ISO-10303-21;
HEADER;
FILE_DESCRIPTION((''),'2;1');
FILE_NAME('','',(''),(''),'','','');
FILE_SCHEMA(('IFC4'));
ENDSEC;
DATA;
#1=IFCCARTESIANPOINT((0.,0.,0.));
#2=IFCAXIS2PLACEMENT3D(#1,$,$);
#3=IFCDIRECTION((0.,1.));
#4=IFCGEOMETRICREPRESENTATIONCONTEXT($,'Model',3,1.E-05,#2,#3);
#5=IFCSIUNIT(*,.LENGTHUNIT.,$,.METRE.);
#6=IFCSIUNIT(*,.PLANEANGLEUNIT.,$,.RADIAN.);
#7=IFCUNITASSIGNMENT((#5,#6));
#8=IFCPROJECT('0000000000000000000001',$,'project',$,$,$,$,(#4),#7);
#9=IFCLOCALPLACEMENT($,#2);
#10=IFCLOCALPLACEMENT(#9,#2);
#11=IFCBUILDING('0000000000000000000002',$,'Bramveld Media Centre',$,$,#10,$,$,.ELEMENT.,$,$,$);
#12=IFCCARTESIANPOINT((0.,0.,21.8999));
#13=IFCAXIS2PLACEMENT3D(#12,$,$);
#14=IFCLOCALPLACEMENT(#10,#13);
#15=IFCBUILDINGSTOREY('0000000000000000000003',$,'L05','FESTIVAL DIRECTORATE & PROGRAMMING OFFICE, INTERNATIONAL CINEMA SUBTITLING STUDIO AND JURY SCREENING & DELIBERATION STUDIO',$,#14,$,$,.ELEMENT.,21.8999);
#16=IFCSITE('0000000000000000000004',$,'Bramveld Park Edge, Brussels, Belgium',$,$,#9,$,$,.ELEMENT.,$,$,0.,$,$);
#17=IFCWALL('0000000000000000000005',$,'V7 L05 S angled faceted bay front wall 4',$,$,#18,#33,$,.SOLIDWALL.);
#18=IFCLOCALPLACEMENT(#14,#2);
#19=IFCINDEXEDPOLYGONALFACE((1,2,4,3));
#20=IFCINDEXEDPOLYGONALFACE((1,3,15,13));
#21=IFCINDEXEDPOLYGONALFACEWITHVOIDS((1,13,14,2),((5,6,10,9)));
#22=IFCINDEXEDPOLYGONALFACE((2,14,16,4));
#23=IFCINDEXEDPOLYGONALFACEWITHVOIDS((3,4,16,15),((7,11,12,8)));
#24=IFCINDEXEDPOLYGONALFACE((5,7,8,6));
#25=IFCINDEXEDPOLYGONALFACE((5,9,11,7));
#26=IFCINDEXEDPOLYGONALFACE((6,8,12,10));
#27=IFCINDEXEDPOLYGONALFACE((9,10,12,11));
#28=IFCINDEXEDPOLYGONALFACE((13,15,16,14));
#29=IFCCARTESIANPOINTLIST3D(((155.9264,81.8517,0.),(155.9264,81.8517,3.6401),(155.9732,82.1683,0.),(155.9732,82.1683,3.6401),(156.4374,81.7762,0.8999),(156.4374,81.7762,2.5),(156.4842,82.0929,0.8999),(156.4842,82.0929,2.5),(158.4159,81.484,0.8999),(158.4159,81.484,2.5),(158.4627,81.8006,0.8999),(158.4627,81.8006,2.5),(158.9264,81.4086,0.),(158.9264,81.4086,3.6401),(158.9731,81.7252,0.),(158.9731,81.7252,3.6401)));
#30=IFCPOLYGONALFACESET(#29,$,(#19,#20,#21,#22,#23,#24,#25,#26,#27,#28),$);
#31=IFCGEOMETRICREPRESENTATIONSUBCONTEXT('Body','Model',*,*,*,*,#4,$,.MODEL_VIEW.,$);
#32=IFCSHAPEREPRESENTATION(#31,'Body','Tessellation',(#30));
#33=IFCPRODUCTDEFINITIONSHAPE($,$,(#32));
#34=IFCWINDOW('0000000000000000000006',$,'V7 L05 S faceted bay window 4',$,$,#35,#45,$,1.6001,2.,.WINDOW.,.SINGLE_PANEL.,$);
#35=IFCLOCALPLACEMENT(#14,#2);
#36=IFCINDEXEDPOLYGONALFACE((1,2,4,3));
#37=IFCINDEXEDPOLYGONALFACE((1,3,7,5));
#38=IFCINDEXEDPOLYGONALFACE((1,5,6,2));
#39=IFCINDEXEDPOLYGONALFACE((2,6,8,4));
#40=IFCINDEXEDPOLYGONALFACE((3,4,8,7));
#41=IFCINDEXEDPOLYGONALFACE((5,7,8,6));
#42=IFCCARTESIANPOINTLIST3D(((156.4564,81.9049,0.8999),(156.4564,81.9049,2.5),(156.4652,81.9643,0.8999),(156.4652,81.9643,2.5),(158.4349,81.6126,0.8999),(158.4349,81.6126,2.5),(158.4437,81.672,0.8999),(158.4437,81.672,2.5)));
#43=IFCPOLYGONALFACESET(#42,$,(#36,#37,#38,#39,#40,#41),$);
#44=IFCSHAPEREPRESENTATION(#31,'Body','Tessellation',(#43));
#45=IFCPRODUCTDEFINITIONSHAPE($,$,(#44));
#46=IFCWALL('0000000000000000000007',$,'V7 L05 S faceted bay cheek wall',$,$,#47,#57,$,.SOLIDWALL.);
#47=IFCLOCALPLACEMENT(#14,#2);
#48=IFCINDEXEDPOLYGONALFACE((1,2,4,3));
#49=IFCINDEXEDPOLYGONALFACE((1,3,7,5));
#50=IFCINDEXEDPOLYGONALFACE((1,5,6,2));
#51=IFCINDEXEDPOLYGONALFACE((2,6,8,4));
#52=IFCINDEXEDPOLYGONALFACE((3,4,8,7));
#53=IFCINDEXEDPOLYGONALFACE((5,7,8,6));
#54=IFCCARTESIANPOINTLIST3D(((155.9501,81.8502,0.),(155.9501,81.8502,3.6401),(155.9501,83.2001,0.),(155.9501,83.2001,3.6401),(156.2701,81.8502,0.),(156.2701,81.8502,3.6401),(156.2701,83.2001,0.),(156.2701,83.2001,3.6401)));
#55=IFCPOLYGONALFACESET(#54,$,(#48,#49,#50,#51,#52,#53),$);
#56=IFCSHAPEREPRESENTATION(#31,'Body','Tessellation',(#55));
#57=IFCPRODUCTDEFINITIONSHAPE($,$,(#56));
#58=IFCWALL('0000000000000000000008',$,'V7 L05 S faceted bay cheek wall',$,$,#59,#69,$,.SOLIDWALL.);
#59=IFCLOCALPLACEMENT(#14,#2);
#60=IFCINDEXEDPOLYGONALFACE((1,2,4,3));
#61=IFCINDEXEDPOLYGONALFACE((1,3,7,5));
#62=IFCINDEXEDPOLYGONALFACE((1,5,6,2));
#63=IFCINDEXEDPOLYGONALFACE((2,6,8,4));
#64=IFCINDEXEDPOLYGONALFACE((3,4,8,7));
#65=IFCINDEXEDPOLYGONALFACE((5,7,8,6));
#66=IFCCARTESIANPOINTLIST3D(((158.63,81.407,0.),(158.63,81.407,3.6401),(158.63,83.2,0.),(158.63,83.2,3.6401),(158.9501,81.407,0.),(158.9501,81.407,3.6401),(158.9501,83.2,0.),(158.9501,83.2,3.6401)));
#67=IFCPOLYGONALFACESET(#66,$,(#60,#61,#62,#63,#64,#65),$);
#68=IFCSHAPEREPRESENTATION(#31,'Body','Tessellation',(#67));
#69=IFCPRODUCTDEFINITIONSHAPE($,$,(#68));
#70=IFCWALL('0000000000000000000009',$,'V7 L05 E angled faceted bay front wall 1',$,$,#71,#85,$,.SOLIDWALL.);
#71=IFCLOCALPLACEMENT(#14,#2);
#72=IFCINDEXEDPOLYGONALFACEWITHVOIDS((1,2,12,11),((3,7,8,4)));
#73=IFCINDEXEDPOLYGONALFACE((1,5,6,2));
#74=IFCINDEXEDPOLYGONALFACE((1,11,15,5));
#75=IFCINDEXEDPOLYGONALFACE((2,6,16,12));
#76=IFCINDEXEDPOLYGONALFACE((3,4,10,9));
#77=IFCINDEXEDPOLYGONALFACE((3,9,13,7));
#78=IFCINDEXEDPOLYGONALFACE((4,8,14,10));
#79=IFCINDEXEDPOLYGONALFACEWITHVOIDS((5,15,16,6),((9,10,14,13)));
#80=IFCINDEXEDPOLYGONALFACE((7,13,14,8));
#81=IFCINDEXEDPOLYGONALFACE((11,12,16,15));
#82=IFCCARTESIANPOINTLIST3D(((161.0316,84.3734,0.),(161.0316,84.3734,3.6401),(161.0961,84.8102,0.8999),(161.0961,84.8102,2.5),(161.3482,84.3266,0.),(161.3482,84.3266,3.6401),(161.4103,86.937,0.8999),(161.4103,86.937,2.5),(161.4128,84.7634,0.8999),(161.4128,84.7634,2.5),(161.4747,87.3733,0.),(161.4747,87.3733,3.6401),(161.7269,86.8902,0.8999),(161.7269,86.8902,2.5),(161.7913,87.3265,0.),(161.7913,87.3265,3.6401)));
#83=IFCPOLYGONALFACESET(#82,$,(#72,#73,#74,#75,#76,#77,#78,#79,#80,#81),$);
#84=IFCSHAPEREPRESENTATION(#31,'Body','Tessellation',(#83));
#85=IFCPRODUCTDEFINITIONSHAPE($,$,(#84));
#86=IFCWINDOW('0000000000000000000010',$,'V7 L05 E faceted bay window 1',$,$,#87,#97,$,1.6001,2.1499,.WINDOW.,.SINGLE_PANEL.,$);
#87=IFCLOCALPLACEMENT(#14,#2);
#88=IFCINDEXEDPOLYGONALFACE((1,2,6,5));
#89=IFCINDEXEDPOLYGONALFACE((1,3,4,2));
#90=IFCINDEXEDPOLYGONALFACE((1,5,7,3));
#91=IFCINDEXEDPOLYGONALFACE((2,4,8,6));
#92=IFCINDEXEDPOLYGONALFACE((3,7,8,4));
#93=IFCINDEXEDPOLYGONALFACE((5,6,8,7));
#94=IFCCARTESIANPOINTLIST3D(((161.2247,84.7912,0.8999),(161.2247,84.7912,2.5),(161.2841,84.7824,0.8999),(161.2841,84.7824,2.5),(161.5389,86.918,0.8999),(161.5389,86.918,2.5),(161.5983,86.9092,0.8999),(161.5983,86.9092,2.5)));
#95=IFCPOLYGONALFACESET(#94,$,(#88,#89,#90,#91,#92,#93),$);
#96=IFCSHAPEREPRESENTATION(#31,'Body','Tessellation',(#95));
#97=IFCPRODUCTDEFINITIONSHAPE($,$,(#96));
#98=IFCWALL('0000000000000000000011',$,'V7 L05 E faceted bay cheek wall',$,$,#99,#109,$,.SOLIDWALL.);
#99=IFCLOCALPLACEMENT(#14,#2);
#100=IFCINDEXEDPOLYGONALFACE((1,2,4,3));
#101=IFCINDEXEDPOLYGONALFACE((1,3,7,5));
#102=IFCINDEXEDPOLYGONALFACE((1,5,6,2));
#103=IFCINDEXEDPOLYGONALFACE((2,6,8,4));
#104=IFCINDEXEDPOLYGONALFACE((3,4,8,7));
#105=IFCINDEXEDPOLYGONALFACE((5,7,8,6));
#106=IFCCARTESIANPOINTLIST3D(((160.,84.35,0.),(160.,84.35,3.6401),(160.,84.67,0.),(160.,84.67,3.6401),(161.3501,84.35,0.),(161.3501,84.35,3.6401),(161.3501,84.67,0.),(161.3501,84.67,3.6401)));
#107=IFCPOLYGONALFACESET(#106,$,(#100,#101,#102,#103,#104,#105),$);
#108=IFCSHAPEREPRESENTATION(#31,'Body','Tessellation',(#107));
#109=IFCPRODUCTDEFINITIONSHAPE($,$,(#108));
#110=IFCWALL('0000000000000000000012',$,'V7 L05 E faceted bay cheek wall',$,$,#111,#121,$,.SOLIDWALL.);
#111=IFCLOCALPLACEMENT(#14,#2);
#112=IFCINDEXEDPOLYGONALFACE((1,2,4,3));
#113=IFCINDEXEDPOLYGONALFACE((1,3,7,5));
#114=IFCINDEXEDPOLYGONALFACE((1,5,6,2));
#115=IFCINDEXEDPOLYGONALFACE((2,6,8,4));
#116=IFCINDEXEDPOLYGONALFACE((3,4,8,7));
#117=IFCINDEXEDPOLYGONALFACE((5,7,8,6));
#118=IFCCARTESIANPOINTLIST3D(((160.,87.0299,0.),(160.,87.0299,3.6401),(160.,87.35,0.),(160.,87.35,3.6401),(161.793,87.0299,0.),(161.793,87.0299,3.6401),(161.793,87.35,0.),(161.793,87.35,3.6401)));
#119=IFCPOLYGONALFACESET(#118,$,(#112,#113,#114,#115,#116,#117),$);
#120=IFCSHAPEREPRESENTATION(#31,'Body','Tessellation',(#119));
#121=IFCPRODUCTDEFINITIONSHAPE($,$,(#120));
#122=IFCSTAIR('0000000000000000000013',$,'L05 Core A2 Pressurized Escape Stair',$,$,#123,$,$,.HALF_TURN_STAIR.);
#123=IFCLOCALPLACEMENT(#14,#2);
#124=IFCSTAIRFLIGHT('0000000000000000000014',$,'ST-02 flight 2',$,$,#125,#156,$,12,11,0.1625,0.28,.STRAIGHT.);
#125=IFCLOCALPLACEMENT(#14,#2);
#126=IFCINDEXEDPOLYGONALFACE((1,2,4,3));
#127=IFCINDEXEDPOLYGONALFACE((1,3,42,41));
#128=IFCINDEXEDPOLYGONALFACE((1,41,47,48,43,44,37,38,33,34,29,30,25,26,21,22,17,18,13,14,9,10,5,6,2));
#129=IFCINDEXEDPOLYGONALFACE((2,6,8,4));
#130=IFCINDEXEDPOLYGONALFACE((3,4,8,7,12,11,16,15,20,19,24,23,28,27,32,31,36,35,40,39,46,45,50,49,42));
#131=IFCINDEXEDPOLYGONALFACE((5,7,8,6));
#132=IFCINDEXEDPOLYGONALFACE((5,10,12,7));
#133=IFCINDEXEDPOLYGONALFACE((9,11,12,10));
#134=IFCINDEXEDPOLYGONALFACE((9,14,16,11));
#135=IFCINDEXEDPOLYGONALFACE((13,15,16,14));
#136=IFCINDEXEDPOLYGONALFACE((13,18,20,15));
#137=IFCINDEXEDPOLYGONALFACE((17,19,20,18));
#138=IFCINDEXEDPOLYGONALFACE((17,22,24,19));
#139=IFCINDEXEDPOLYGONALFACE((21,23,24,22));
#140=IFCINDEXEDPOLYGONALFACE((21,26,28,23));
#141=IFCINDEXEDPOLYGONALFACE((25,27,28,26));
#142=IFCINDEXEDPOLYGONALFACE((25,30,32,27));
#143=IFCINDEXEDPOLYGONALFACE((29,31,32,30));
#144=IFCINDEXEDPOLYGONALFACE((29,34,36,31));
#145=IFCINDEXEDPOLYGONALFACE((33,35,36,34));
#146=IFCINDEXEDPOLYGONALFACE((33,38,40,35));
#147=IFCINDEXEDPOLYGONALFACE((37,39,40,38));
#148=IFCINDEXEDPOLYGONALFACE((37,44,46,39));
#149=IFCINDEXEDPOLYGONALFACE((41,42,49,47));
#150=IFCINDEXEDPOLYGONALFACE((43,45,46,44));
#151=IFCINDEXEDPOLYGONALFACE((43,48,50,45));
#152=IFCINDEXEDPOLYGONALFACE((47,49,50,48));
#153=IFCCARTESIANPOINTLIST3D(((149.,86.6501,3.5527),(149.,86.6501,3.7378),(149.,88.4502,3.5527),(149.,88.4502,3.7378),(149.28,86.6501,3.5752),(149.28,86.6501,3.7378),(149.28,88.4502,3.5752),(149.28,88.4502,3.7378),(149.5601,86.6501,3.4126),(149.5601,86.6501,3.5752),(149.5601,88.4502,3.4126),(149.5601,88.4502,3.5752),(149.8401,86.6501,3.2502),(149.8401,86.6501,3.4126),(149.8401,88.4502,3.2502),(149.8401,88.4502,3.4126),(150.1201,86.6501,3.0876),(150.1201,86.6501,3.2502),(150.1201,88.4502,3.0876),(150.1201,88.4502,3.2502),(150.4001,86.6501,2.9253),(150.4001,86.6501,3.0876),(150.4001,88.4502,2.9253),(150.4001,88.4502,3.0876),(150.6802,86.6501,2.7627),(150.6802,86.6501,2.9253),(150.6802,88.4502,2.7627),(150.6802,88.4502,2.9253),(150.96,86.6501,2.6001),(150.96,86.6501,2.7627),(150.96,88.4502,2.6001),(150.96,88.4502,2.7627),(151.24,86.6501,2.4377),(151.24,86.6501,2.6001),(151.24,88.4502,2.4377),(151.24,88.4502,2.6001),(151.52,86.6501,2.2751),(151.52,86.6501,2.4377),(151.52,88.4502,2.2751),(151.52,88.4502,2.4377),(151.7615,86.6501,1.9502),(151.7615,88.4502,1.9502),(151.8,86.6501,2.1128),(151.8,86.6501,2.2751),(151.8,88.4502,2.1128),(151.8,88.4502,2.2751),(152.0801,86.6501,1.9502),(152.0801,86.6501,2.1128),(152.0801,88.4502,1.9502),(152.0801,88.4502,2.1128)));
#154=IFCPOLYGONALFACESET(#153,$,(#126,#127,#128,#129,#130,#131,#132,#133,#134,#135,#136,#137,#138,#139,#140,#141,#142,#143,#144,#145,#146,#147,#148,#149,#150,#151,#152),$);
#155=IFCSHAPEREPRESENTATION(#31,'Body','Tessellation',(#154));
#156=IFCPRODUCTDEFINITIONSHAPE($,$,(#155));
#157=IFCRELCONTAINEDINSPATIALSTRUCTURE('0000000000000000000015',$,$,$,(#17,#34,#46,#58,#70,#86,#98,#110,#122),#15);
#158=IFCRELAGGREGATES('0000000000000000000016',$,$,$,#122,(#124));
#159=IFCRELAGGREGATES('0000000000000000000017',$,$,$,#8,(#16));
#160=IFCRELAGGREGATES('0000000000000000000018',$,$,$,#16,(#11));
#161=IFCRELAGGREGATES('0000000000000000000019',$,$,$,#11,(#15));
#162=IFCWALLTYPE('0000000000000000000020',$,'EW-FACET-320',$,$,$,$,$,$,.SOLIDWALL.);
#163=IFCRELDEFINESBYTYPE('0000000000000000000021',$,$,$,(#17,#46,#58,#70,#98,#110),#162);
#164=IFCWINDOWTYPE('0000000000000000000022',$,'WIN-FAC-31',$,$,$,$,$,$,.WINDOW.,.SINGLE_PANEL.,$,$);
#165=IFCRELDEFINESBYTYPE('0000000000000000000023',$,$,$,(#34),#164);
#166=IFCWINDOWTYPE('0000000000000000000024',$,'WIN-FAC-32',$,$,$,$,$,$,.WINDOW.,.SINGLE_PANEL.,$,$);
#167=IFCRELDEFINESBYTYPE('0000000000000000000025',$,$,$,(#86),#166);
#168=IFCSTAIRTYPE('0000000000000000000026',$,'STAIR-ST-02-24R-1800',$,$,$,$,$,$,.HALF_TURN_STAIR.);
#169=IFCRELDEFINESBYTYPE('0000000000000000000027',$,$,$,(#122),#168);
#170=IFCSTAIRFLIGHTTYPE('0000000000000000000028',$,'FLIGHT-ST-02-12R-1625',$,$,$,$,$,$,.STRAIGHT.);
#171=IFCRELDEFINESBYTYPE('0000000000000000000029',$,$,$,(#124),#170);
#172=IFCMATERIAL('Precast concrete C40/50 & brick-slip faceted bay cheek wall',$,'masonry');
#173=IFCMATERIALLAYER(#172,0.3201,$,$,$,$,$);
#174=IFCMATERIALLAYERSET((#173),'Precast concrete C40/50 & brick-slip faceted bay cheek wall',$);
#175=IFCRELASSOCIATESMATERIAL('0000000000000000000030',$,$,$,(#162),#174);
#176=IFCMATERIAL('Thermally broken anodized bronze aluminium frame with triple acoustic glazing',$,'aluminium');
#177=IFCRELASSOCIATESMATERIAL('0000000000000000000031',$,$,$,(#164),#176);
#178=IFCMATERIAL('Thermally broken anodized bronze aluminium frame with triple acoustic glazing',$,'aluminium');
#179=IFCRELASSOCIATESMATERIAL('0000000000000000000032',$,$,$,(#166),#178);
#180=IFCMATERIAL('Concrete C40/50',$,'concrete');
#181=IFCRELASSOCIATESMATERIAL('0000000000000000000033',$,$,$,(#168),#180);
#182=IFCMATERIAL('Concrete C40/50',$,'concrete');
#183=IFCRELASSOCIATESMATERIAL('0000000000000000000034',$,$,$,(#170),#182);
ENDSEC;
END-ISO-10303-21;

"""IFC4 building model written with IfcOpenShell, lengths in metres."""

from ifc_helpers import new_model, si_unit, direction, frame, frame_2d, origin, place, context, subcontext, project, spatial, polyline, rectangle, outline, extrude, material, layer, layer_set, type_object, element, fill, aggregate, save


model = new_model("IFC4")

# Units and contexts
model_context = context("Model", 3, precision=1e-05, world=origin(), true_north=direction((0.0, 1.0)))
body_context = subcontext(model_context, "Body", "Model", "MODEL_VIEW")
ifc_project = project(units=[si_unit("LENGTHUNIT", "METRE"), si_unit("PLANEANGLEUNIT", "RADIAN")], contexts=[model_context])

# Site, building, storey
site_placement = place(None, origin())
site = spatial("IfcSite", under=ifc_project, at=site_placement, Name="Bramveld Park Edge, Brussels, Belgium", CompositionType="ELEMENT", RefElevation=0.0)
building_placement = place(site_placement, origin())
building = spatial("IfcBuilding", under=site, at=building_placement, Name="Bramveld Media Centre", CompositionType="ELEMENT")
storey_placement = place(building_placement, frame((0.0, 0.0, 21.8999)))
storey = spatial("IfcBuildingStorey", under=building, at=storey_placement, Name="L05", Description="FESTIVAL DIRECTORATE & PROGRAMMING OFFICE, INTERNATIONAL CINEMA SUBTITLING STUDIO AND JURY SCREENING & DELIBERATION STUDIO", CompositionType="ELEMENT", Elevation=21.8999)

# Shared definitions
ifc_material_1 = material(Name="Precast concrete C40/50 & brick-slip faceted bay cheek wall", Category="masonry")
ifc_layer_1 = layer(ifc_material_1, 0.3201)
ifc_layer_set_1 = layer_set([ifc_layer_1], Name="Precast concrete C40/50 & brick-slip faceted bay cheek wall")
wall_type_1 = type_object("IfcWallType", Name="EW-FACET-320", PredefinedType="SOLIDWALL", material=ifc_layer_set_1)

# Wall, opening, window
wall_1_placement = place(storey_placement, frame((155.95, 82.01, 0.0), z_axis=(0.0, 0.0, 1.0), x_axis=(0.989267, -0.14612, 0.0)))
wall_1 = element("IfcWall", 1, at=wall_1_placement, inside=storey, type_object=wall_type_1, Name="V7 L05 S angled faceted bay front wall 4", PredefinedType="SOLIDWALL", context=body_context, shape_type="SweptSolid", body=[
    extrude(rectangle(XDim=3.0325, YDim=0.3201, at=frame_2d((1.5161, 0.0))), origin(), (0.0, 0.0, 1.0), 3.6401),
])
opening_1_placement = place(wall_1_placement, frame((0.5164, 0.0, 0.8999)))
opening_1 = element("IfcOpeningElement", 2, at=opening_1_placement, cuts=wall_1, PredefinedType="OPENING", context=body_context, shape_type="SweptSolid", body=[
    extrude(rectangle(XDim=2.0, YDim=1.6001, at=frame_2d((1.0, 0.8))), frame((0.0, 0.1719, 0.0), z_axis=(0.0, -1.0, 0.0), x_axis=(1.0, 0.0, 0.0)), (0.0, 0.0, 1.0), 0.344),
])
ifc_material_2 = material(Name="Thermally broken anodized bronze aluminium frame with triple acoustic glazing", Category="aluminium")
window_type_1 = type_object("IfcWindowType", Name="WIN-FAC-31", PartitioningType="SINGLE_PANEL", PredefinedType="WINDOW", material=ifc_material_2)
window_1_placement = place(opening_1_placement, origin())
window_1 = element("IfcWindow", 3, at=window_1_placement, inside=storey, type_object=window_type_1, Name="V7 L05 S faceted bay window 4", OverallHeight=1.6001, OverallWidth=2.0, PartitioningType="SINGLE_PANEL", PredefinedType="WINDOW", context=body_context, shape_type="SweptSolid", body=[
    extrude(rectangle(XDim=2.0, YDim=1.6001, at=frame_2d((1.0, 0.8))), frame((0.0, 0.03, 0.0), z_axis=(0.0, -1.0, 0.0), x_axis=(1.0, 0.0, 0.0)), (0.0, 0.0, 1.0), 0.0601),
])
fill(opening_1, window_1)

# Walls
wall_2_placement = place(storey_placement, frame((156.1101, 83.2, 0.0), z_axis=(0.0, 0.0, 1.0), x_axis=(0.0, -1.0, 0.0)))
element("IfcWall", 4, at=wall_2_placement, inside=storey, type_object=wall_type_1, Name="V7 L05 S faceted bay cheek wall", PredefinedType="SOLIDWALL", context=body_context, shape_type="SweptSolid", body=[
    extrude(rectangle(XDim=1.3499, YDim=0.3201, at=frame_2d((0.6748, 0.0))), origin(), (0.0, 0.0, 1.0), 3.6401),
])
wall_3_placement = place(storey_placement, frame((158.79, 83.2, 0.0), z_axis=(0.0, 0.0, 1.0), x_axis=(0.0, -1.0, 0.0)))
element("IfcWall", 5, at=wall_3_placement, inside=storey, type_object=wall_type_1, Name="V7 L05 S faceted bay cheek wall", PredefinedType="SOLIDWALL", context=body_context, shape_type="SweptSolid", body=[
    extrude(rectangle(XDim=1.793, YDim=0.3201, at=frame_2d((0.8965, 0.0))), origin(), (0.0, 0.0, 1.0), 3.6401),
])

# Wall, opening, window
wall_4_placement = place(storey_placement, frame((161.1899, 84.3501, 0.0), z_axis=(0.0, 0.0, 1.0), x_axis=(0.14612, 0.989267, 0.0)))
wall_4 = element("IfcWall", 6, at=wall_4_placement, inside=storey, type_object=wall_type_1, Name="V7 L05 E angled faceted bay front wall 1", PredefinedType="SOLIDWALL", context=body_context, shape_type="SweptSolid", body=[
    extrude(rectangle(XDim=3.0325, YDim=0.3201, at=frame_2d((1.5161, 0.0))), origin(), (0.0, 0.0, 1.0), 3.6401),
])
opening_2_placement = place(wall_4_placement, frame((0.4414, 0.0, 0.8999)))
opening_2 = element("IfcOpeningElement", 7, at=opening_2_placement, cuts=wall_4, PredefinedType="OPENING", context=body_context, shape_type="SweptSolid", body=[
    extrude(rectangle(XDim=2.1499, YDim=1.6001, at=frame_2d((1.075, 0.8))), frame((0.0, 0.1719, 0.0), z_axis=(0.0, -1.0, 0.0), x_axis=(1.0, 0.0, 0.0)), (0.0, 0.0, 1.0), 0.344),
])
ifc_material_3 = material(Name="Thermally broken anodized bronze aluminium frame with triple acoustic glazing", Category="aluminium")
window_type_2 = type_object("IfcWindowType", Name="WIN-FAC-32", PartitioningType="SINGLE_PANEL", PredefinedType="WINDOW", material=ifc_material_3)
window_2_placement = place(opening_2_placement, origin())
window_2 = element("IfcWindow", 8, at=window_2_placement, inside=storey, type_object=window_type_2, Name="V7 L05 E faceted bay window 1", OverallHeight=1.6001, OverallWidth=2.1499, PartitioningType="SINGLE_PANEL", PredefinedType="WINDOW", context=body_context, shape_type="SweptSolid", body=[
    extrude(rectangle(XDim=2.1499, YDim=1.6001, at=frame_2d((1.075, 0.8))), frame((0.0, 0.03, 0.0), z_axis=(0.0, -1.0, 0.0), x_axis=(1.0, 0.0, 0.0)), (0.0, 0.0, 1.0), 0.0601),
])
fill(opening_2, window_2)

# Walls
wall_5_placement = place(storey_placement, frame((160.0, 84.51, 0.0), z_axis=(0.0, 0.0, 1.0), x_axis=(1.0, 0.0, 0.0)))
element("IfcWall", 9, at=wall_5_placement, inside=storey, type_object=wall_type_1, Name="V7 L05 E faceted bay cheek wall", PredefinedType="SOLIDWALL", context=body_context, shape_type="SweptSolid", body=[
    extrude(rectangle(XDim=1.3501, YDim=0.3201, at=frame_2d((0.675, 0.0))), origin(), (0.0, 0.0, 1.0), 3.6401),
])
wall_6_placement = place(storey_placement, frame((160.0, 87.1899, 0.0), z_axis=(0.0, 0.0, 1.0), x_axis=(1.0, 0.0, 0.0)))
element("IfcWall", 10, at=wall_6_placement, inside=storey, type_object=wall_type_1, Name="V7 L05 E faceted bay cheek wall", PredefinedType="SOLIDWALL", context=body_context, shape_type="SweptSolid", body=[
    extrude(rectangle(XDim=1.793, YDim=0.3201, at=frame_2d((0.8965, 0.0))), origin(), (0.0, 0.0, 1.0), 3.6401),
])

# Stair, stair flight
ifc_material_4 = material(Name="Concrete C40/50", Category="concrete")
stair_type = type_object("IfcStairType", Name="STAIR-ST-02-24R-1800", PredefinedType="HALF_TURN_STAIR", material=ifc_material_4)
stair_placement = place(storey_placement, origin())
stair = element("IfcStair", 11, at=stair_placement, inside=storey, type_object=stair_type, Name="L05 Core A2 Pressurized Escape Stair", PredefinedType="HALF_TURN_STAIR")
ifc_material_5 = material(Name="Concrete C40/50", Category="concrete")
stair_flight_type = type_object("IfcStairFlightType", Name="FLIGHT-ST-02-12R-1625", PredefinedType="STRAIGHT", material=ifc_material_5)
stair_flight_placement = place(storey_placement, frame((152.0801, 87.55, 1.9502), z_axis=(0.0, 0.0, 1.0), x_axis=(-1.0, 0.0, 0.0)))
stair_flight = element("IfcStairFlight", 12, at=stair_flight_placement, type_object=stair_flight_type, Name="ST-02 flight 2", NumberOfRisers=12, NumberOfTreads=11, PredefinedType="STRAIGHT", RiserHeight=0.1625, TreadLength=0.28, context=body_context, shape_type="SweptSolid", body=[
    extrude(outline(polyline([(0.0, 0.0), (0.0, 0.1626), (0.28, 0.1626), (0.28, 0.325), (0.5601, 0.325), (0.5601, 0.4875), (0.8401, 0.4875), (0.8401, 0.6499), (1.1201, 0.6499), (1.1201, 0.8125), (1.3999, 0.8125), (1.3999, 0.9751), (1.6799, 0.9751), (1.6799, 1.1375), (1.96, 1.1375), (1.96, 1.3), (2.24, 1.3), (2.24, 1.4624), (2.52, 1.4624), (2.52, 1.625), (2.8, 1.625), (2.8, 1.7876), (3.0801, 1.7876), (3.0801, 1.95), (3.0801, 1.6025), (0.3186, 0.0), (0.0, 0.0)])), frame((0.0, 0.8999, 0.0), z_axis=(0.0, -1.0, 0.0), x_axis=(1.0, 0.0, 0.0)), (0.0, 0.0, 1.0), 1.8),
])
aggregate(stair, [stair_flight])

save(model, "model.ifc")
